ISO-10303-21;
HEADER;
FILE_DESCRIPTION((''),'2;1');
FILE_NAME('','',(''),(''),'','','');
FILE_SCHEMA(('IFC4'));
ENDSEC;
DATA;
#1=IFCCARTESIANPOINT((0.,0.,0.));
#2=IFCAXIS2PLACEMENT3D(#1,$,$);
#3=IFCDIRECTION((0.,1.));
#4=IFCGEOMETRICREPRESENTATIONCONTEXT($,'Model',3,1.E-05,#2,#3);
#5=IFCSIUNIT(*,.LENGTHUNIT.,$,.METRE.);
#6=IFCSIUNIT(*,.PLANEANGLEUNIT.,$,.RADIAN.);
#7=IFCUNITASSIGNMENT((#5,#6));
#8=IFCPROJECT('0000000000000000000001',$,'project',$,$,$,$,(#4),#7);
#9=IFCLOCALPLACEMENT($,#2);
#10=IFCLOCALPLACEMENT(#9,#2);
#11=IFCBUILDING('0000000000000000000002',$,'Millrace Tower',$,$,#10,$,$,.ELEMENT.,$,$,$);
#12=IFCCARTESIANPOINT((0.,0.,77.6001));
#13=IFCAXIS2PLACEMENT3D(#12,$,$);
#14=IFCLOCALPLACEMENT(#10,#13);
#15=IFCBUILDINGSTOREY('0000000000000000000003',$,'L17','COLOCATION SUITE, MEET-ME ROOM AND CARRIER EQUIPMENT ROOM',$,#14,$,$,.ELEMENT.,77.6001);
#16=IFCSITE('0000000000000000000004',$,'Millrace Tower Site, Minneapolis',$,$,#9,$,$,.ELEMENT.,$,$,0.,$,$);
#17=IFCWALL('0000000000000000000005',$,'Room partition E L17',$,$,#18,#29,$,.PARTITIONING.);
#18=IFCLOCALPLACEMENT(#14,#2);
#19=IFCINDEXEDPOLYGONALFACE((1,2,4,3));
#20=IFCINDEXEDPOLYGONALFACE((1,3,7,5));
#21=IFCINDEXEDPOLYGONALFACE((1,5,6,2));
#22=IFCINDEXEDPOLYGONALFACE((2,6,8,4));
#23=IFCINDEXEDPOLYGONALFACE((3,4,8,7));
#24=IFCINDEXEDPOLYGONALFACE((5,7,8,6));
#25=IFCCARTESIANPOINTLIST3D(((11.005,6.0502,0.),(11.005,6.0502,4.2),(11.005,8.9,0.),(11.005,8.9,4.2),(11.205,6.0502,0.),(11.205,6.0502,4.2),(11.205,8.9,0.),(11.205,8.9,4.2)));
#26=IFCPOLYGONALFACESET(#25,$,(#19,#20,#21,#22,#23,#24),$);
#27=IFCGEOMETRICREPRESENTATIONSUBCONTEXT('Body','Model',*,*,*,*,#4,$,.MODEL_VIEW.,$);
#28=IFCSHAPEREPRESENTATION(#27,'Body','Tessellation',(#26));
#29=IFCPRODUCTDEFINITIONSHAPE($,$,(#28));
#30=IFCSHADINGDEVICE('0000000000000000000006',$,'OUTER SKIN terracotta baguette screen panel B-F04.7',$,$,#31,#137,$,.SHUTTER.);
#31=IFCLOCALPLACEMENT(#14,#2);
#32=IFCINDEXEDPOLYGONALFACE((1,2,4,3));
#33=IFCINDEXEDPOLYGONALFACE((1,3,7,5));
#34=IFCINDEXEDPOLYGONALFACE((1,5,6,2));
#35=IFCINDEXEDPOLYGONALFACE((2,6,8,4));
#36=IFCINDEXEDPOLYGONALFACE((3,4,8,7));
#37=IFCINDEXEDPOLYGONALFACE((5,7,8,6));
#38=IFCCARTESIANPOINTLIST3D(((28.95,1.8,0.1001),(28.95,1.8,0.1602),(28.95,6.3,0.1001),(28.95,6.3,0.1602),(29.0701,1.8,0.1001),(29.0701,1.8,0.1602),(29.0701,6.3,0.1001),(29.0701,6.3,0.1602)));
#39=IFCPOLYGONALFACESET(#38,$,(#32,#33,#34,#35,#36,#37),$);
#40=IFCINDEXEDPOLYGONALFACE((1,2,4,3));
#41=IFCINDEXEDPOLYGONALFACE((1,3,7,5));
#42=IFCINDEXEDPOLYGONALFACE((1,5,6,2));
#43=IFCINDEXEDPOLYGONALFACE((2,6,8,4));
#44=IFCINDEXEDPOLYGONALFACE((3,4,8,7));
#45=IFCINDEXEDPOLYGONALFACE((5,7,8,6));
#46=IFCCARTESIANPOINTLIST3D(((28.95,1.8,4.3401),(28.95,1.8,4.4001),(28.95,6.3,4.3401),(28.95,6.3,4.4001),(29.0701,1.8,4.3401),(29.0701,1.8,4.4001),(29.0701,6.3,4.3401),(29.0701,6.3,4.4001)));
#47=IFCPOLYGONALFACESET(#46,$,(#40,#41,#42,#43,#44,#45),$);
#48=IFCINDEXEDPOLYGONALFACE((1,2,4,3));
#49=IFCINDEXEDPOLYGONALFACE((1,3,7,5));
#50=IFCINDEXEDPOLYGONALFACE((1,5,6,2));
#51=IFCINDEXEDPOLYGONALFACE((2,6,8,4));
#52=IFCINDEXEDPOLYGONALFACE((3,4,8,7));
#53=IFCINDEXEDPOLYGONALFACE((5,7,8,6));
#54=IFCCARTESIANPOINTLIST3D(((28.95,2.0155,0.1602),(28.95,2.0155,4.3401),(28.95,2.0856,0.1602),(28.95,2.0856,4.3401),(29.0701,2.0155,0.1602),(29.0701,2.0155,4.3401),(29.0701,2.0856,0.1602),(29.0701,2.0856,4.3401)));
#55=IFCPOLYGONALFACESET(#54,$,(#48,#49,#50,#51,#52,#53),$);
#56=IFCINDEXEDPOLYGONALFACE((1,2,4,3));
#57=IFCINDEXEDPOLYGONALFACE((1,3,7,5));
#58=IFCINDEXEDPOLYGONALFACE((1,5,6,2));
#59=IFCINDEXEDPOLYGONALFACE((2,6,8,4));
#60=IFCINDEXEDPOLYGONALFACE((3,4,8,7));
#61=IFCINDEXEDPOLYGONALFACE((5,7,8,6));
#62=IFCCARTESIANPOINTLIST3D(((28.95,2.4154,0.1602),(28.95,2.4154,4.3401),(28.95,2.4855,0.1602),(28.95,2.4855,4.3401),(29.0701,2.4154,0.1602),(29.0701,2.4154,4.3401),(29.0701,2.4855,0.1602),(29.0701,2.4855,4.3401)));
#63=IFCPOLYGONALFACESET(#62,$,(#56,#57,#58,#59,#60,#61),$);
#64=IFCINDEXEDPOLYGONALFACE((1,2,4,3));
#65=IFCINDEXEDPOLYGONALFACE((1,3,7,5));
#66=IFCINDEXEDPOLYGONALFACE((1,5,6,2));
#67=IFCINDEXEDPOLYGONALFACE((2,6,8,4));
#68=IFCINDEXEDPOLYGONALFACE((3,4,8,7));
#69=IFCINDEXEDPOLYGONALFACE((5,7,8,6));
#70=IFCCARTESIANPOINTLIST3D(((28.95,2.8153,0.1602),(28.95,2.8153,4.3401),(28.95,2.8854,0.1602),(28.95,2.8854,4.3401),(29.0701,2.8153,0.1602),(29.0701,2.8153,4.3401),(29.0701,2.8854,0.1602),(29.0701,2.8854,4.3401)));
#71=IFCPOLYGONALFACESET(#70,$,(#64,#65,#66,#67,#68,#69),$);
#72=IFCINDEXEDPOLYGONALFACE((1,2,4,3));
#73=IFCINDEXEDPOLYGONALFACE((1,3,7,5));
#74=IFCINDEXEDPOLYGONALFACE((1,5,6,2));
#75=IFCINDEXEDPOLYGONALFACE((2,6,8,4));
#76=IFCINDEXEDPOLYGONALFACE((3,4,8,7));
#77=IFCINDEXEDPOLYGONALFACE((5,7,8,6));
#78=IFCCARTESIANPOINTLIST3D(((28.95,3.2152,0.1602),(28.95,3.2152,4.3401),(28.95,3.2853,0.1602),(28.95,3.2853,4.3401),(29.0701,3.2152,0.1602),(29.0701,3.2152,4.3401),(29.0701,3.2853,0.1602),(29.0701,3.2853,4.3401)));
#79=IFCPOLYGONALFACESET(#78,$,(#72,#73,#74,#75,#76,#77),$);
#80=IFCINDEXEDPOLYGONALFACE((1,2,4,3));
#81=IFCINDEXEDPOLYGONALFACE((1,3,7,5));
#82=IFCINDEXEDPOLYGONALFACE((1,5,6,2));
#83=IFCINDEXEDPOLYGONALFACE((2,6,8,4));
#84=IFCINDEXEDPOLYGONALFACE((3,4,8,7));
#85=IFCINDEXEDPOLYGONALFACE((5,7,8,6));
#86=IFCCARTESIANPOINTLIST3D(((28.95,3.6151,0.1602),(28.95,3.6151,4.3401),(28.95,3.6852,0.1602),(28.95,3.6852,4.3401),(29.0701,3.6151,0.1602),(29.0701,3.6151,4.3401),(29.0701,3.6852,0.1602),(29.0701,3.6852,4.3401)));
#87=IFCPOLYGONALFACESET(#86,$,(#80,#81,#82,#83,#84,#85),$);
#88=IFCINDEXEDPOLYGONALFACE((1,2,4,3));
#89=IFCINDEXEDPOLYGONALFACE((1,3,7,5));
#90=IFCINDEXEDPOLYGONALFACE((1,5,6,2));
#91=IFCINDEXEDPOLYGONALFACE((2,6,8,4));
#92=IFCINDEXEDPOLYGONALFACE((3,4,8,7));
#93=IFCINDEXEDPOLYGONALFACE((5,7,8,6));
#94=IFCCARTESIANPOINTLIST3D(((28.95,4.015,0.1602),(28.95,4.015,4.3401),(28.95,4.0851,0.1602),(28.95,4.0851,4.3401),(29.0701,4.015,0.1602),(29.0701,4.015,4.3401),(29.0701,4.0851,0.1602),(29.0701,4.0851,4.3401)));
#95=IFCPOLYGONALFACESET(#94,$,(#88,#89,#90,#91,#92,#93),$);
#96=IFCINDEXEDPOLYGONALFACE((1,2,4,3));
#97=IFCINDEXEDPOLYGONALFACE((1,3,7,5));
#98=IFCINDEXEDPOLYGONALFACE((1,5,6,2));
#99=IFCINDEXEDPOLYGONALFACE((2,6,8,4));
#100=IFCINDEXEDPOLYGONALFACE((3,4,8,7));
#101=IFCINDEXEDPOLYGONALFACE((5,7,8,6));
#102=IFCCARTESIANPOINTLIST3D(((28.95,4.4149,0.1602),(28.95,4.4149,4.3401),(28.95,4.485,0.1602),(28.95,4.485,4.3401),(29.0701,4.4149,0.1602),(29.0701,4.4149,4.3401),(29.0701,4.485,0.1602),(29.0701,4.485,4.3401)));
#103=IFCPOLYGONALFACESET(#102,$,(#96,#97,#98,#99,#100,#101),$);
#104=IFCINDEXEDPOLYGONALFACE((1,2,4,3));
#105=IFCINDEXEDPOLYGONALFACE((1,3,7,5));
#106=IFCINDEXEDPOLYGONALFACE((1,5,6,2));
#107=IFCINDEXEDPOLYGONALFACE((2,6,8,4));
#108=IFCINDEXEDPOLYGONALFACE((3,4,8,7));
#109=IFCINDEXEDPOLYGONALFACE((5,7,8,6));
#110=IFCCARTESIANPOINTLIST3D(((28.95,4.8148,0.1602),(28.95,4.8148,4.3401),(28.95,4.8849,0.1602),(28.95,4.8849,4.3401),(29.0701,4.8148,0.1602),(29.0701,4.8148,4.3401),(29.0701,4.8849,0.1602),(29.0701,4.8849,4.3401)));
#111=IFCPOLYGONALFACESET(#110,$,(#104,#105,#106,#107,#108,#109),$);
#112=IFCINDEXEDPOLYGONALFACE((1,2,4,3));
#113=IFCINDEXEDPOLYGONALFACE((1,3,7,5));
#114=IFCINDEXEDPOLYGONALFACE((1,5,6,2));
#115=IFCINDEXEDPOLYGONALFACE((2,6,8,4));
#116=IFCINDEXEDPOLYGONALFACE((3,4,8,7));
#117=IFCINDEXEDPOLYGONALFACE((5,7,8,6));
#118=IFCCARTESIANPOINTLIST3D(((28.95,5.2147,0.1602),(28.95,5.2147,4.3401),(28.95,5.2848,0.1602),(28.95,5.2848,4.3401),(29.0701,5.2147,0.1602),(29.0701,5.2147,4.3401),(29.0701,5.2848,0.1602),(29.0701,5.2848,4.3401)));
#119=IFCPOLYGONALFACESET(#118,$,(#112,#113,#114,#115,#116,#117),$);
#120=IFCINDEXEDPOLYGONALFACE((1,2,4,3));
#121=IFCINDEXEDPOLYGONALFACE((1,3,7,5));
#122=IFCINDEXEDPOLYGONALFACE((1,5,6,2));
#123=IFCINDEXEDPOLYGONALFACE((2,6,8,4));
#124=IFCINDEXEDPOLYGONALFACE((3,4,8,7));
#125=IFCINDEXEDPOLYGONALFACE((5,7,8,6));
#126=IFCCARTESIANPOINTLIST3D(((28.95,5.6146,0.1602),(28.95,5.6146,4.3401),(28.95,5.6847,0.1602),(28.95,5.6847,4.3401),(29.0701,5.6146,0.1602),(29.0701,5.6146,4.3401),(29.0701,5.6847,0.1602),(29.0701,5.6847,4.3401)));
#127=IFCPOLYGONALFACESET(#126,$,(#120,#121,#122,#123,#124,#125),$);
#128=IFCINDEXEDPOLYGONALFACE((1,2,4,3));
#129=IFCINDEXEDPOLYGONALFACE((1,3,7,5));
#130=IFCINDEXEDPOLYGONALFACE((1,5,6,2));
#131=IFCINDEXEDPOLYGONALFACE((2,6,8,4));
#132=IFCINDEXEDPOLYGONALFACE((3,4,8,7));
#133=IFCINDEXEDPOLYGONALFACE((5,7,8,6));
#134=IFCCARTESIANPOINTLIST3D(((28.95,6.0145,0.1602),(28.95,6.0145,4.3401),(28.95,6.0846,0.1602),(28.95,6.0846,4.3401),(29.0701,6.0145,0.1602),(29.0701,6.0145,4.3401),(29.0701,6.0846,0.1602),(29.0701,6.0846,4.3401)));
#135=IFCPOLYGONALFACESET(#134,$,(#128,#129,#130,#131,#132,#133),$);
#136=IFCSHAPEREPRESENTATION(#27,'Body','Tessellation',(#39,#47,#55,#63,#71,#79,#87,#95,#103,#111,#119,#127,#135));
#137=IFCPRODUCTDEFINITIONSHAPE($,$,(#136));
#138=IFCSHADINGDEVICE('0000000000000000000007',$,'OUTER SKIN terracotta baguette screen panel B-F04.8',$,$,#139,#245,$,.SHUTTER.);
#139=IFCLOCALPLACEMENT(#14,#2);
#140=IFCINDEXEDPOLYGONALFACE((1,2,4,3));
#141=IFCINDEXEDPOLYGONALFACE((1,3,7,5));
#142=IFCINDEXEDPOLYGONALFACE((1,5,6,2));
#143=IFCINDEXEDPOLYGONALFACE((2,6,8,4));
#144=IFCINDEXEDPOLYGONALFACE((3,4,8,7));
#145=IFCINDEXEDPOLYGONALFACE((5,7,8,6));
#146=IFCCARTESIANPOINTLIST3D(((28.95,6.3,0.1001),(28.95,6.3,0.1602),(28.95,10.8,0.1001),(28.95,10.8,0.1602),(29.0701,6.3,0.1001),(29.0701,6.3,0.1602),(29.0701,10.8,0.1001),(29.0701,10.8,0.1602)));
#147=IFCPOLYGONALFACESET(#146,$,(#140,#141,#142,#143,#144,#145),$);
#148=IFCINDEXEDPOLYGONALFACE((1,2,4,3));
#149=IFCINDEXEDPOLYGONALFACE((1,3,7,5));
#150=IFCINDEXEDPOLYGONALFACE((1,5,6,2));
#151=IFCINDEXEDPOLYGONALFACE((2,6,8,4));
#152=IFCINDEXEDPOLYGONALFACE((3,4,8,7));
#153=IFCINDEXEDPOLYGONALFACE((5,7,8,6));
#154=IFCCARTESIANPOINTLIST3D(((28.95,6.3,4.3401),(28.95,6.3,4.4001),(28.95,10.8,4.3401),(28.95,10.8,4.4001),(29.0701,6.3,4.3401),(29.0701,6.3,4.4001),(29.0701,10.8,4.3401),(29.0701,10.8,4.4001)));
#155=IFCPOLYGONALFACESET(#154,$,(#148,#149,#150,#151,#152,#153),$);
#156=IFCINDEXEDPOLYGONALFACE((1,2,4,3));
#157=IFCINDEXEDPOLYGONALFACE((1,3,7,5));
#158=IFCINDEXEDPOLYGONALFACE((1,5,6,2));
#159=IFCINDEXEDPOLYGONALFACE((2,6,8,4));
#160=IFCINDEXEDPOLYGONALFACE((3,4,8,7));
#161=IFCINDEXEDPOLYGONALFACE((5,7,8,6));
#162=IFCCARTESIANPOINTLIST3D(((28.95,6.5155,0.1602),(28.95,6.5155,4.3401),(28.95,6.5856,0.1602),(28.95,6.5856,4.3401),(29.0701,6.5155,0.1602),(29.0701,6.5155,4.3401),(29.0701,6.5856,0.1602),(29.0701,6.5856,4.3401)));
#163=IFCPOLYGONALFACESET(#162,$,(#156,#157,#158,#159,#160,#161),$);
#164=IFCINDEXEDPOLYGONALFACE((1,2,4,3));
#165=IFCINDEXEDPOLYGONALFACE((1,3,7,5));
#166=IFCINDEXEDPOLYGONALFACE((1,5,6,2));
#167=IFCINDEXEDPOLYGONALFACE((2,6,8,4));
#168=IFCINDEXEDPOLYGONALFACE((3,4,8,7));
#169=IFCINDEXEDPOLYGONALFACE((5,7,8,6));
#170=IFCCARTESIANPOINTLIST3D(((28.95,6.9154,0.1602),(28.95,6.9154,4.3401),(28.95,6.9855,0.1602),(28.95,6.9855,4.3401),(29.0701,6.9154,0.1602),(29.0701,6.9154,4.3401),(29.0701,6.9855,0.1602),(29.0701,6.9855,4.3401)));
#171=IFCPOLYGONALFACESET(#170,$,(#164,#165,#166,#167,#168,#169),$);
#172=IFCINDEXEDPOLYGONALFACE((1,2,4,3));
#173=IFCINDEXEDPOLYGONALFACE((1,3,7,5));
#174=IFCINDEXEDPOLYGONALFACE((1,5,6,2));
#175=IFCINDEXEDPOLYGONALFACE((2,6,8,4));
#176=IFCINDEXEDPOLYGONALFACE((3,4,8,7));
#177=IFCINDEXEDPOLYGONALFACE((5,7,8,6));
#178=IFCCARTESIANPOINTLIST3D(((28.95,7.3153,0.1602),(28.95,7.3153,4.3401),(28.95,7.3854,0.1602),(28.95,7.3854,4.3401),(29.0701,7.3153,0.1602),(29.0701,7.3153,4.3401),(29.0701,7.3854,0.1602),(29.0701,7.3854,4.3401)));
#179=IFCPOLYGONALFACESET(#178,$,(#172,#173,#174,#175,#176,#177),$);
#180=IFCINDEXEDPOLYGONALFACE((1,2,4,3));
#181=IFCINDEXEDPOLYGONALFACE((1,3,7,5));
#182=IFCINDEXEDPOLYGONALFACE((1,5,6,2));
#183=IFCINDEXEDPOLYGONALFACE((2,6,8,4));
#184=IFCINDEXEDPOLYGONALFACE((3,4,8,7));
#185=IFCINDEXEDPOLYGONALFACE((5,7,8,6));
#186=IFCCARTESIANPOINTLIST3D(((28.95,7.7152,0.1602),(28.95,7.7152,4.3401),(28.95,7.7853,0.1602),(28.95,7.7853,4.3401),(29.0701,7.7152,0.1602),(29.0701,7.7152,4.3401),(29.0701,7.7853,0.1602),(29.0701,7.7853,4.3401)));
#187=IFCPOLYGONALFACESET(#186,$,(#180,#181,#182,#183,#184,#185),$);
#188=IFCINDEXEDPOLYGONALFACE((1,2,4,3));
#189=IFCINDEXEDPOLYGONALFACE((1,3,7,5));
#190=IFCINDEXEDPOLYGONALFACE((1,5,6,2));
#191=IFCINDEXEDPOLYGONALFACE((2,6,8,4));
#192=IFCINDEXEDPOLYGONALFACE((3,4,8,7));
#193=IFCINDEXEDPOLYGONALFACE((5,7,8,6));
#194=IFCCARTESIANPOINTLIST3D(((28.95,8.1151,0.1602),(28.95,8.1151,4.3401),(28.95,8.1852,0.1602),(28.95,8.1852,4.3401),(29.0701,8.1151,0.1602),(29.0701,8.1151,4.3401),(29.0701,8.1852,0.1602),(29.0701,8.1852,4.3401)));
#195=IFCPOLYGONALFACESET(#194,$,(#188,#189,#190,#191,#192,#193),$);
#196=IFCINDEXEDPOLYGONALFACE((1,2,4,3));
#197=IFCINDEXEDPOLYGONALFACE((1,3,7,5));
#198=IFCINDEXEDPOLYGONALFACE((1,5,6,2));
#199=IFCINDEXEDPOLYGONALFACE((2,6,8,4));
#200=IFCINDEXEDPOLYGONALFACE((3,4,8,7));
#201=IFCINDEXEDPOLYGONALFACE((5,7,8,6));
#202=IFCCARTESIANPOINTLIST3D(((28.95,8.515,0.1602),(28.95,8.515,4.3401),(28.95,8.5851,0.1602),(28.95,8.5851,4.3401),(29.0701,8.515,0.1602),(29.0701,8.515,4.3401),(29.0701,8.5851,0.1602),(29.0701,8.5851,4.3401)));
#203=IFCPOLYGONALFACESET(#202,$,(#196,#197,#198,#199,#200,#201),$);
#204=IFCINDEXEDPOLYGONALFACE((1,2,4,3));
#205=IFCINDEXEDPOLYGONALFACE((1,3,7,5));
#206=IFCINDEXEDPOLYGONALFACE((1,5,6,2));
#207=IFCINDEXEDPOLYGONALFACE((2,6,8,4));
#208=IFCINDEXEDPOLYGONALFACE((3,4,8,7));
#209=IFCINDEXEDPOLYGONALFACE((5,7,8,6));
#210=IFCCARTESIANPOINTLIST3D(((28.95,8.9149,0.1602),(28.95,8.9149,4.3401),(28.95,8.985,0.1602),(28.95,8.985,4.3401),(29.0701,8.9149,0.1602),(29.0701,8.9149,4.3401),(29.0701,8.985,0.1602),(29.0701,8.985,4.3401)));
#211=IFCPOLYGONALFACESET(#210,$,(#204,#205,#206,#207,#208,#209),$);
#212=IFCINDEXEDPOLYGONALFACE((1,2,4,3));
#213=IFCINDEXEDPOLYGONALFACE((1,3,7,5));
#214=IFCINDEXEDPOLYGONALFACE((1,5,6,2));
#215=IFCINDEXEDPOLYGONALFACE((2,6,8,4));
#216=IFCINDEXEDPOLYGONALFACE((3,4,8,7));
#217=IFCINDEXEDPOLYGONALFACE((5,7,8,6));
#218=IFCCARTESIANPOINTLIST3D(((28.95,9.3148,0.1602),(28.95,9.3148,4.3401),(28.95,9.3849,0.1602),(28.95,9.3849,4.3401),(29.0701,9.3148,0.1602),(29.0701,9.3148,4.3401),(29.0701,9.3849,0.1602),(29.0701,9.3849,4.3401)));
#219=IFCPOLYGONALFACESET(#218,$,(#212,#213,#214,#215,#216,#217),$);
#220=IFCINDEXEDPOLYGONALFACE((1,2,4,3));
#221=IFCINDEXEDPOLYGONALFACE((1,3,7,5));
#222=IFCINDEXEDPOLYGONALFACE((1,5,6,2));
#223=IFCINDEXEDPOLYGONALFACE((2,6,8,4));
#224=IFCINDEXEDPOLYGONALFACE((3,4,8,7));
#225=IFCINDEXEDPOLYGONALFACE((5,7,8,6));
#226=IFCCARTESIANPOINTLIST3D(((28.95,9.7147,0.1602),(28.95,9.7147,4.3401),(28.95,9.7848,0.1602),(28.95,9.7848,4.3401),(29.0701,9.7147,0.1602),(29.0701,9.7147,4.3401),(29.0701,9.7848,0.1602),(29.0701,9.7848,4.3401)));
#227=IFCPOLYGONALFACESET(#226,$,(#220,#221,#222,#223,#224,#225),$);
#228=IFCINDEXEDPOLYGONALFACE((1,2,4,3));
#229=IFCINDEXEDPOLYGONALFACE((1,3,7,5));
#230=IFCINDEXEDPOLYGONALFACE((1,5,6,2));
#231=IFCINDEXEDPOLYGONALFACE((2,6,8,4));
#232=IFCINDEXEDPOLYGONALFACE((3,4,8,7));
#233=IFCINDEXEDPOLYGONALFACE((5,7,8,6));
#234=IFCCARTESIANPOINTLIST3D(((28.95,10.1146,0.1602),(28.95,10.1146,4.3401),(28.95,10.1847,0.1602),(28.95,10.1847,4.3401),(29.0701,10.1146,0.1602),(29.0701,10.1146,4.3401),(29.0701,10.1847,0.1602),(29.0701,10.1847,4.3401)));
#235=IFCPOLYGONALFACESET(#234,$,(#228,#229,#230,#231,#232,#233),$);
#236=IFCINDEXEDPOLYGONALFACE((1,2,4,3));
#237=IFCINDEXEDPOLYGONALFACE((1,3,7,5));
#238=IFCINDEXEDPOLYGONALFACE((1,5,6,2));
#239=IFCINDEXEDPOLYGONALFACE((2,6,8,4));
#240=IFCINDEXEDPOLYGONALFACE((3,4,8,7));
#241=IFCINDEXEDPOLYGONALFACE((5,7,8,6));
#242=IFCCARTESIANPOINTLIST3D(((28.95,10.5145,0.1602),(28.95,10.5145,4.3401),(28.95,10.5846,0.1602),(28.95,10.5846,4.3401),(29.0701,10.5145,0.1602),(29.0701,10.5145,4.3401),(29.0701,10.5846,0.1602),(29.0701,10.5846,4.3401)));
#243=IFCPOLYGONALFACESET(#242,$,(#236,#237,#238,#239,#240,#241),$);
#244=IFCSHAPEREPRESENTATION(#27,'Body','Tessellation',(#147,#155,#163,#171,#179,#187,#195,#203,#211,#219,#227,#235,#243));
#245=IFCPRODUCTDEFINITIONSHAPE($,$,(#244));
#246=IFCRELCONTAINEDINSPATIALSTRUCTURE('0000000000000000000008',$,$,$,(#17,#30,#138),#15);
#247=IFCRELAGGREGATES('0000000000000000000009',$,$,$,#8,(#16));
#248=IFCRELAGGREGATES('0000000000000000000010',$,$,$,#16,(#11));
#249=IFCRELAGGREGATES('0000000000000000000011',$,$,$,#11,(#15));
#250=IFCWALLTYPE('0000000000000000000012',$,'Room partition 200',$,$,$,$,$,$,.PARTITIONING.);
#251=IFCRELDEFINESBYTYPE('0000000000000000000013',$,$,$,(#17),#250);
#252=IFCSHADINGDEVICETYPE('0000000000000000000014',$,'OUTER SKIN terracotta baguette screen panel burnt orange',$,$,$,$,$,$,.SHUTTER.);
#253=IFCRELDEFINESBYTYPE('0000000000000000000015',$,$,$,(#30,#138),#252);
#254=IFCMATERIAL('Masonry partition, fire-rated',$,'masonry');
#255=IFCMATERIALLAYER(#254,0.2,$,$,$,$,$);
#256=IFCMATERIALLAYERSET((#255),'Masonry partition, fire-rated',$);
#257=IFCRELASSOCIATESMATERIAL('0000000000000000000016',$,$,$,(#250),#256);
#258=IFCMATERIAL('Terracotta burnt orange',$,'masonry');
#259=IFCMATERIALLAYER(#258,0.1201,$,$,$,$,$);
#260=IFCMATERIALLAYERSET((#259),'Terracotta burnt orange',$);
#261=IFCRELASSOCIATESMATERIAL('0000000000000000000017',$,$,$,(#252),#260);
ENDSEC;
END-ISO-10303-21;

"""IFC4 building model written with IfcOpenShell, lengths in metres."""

from ifc_helpers import new_model, entity, si_unit, direction, frame, frame_2d, origin, origin_2d, place, context, subcontext, project, spatial, rectangle, extrude, source, transform, mapped, material, layer, layer_set, type_object, element, save


model = new_model("IFC4")

# Units and contexts
model_context = context("Model", 3, precision=1e-05, world=origin(), true_north=direction((0.0, 1.0)))
body_context = subcontext(model_context, "Body", "Model", "MODEL_VIEW")
ifc_project = project(units=[si_unit("LENGTHUNIT", "METRE"), si_unit("PLANEANGLEUNIT", "RADIAN")], contexts=[model_context])

# Site, building, storey
site_placement = place(None, origin())
site = spatial("IfcSite", under=ifc_project, at=site_placement, Name="Millrace Tower Site, Minneapolis", CompositionType="ELEMENT", RefElevation=0.0)
building_placement = place(site_placement, origin())
building = spatial("IfcBuilding", under=site, at=building_placement, Name="Millrace Tower", CompositionType="ELEMENT")
storey_placement = place(building_placement, frame((0.0, 0.0, 77.6001)))
storey = spatial("IfcBuildingStorey", under=building, at=storey_placement, Name="L17", Description="COLOCATION SUITE, MEET-ME ROOM AND CARRIER EQUIPMENT ROOM", CompositionType="ELEMENT", Elevation=77.6001)

# Wall
ifc_material_1 = material(Name="Masonry partition, fire-rated", Category="masonry")
ifc_layer_1 = layer(ifc_material_1, 0.2)
ifc_layer_set_1 = layer_set([ifc_layer_1], Name="Masonry partition, fire-rated")
wall_type_1 = type_object("IfcWallType", Name="Room partition 200", PredefinedType="PARTITIONING", material=ifc_layer_set_1)
wall_1_placement = place(storey_placement, frame((11.105, 8.8999, 0.0), z_axis=(0.0, 0.0, 1.0), x_axis=(0.0, -1.0, 0.0)))
element("IfcWall", 1, at=wall_1_placement, inside=storey, type_object=wall_type_1, Name="Room partition E L17", PredefinedType="PARTITIONING", context=body_context, shape_type="SweptSolid", body=[
    extrude(rectangle(XDim=2.8499, YDim=0.2, at=frame_2d((1.4248, 0.0))), origin(), (0.0, 0.0, 1.0), 4.2),
])

# Shading devices
ifc_material_2 = material(Name="Terracotta burnt orange", Category="masonry")
ifc_layer_2 = layer(ifc_material_2, 0.1201)
ifc_layer_set_2 = layer_set([ifc_layer_2], Name="Terracotta burnt orange")
shading_device_type = type_object("IfcShadingDeviceType", Name="OUTER SKIN terracotta baguette screen panel burnt orange", PredefinedType="SHUTTER", material=ifc_layer_set_2)
cartesian_point = entity("IfcCartesianPoint", [-2.25, 0.0601])
shared_polyline = entity("IfcPolyline", [cartesian_point, entity("IfcCartesianPoint", [2.25, 0.0601]), entity("IfcCartesianPoint", [2.25, -0.0601]), entity("IfcCartesianPoint", [-2.25, -0.0601]), cartesian_point])
shared_shape = source(origin(), body_context, "Body", "SweptSolid", [
    entity("IfcExtrudedAreaSolid", entity("IfcArbitraryClosedProfileDef", "AREA", None, shared_polyline), entity("IfcAxis2Placement3D", entity("IfcCartesianPoint", [0.0, 0.0, 0.0])), entity("IfcDirection", [0.0, 0.0, 1.0]), 0.0601),
    entity("IfcExtrudedAreaSolid", entity("IfcArbitraryClosedProfileDef", "AREA", None, shared_polyline), entity("IfcAxis2Placement3D", entity("IfcCartesianPoint", [0.0, 0.0, 4.24])), entity("IfcDirection", [0.0, 0.0, 1.0]), 0.0601),
    extrude(rectangle(XDim=0.0701, YDim=0.1201, at=frame_2d((-1.9995, 0.0))), frame((0.0, 0.0, 0.0601)), (0.0, 0.0, 1.0), 4.1799),
    extrude(rectangle(XDim=0.0701, YDim=0.1201, at=frame_2d((-1.5996, 0.0))), frame((0.0, 0.0, 0.0601)), (0.0, 0.0, 1.0), 4.1799),
    extrude(rectangle(XDim=0.0701, YDim=0.1201, at=frame_2d((-1.1997, 0.0))), frame((0.0, 0.0, 0.0601)), (0.0, 0.0, 1.0), 4.1799),
    extrude(rectangle(XDim=0.0701, YDim=0.1201, at=frame_2d((-0.7998, 0.0))), frame((0.0, 0.0, 0.0601)), (0.0, 0.0, 1.0), 4.1799),
    extrude(rectangle(XDim=0.0701, YDim=0.1201, at=frame_2d((-0.3999, 0.0))), frame((0.0, 0.0, 0.0601)), (0.0, 0.0, 1.0), 4.1799),
    extrude(rectangle(XDim=0.0701, YDim=0.1201, at=origin_2d()), frame((0.0, 0.0, 0.0601)), (0.0, 0.0, 1.0), 4.1799),
    extrude(rectangle(XDim=0.0701, YDim=0.1201, at=frame_2d((0.3999, 0.0))), frame((0.0, 0.0, 0.0601)), (0.0, 0.0, 1.0), 4.1799),
    extrude(rectangle(XDim=0.0701, YDim=0.1201, at=frame_2d((0.7998, 0.0))), frame((0.0, 0.0, 0.0601)), (0.0, 0.0, 1.0), 4.1799),
    extrude(rectangle(XDim=0.0701, YDim=0.1201, at=frame_2d((1.1997, 0.0))), frame((0.0, 0.0, 0.0601)), (0.0, 0.0, 1.0), 4.1799),
    extrude(rectangle(XDim=0.0701, YDim=0.1201, at=frame_2d((1.5996, 0.0))), frame((0.0, 0.0, 0.0601)), (0.0, 0.0, 1.0), 4.1799),
    extrude(rectangle(XDim=0.0701, YDim=0.1201, at=frame_2d((1.9995, 0.0))), frame((0.0, 0.0, 0.0601)), (0.0, 0.0, 1.0), 4.1799),
])
for number, where, z_axis, x_axis, name in (
    (2, (29.01, 4.05, 0.1001), (0.0, 0.0, 1.0), (0.0, 1.0, 0.0), "OUTER SKIN terracotta baguette screen panel B-F04.7"),
    (3, (29.01, 8.55, 0.1001), (0.0, 0.0, 1.0), (0.0, 1.0, 0.0), "OUTER SKIN terracotta baguette screen panel B-F04.8"),
):
    element("IfcShadingDevice", number, at=place(storey_placement, frame(where, z_axis=z_axis, x_axis=x_axis)), inside=storey, type_object=shading_device_type, Name=name, PredefinedType="SHUTTER", context=body_context, shape_type="MappedRepresentation", body=[
        mapped(shared_shape, transform((0.0, 0.0, 0.0), scale=1.0)),
    ])

save(model, "model.ifc")
